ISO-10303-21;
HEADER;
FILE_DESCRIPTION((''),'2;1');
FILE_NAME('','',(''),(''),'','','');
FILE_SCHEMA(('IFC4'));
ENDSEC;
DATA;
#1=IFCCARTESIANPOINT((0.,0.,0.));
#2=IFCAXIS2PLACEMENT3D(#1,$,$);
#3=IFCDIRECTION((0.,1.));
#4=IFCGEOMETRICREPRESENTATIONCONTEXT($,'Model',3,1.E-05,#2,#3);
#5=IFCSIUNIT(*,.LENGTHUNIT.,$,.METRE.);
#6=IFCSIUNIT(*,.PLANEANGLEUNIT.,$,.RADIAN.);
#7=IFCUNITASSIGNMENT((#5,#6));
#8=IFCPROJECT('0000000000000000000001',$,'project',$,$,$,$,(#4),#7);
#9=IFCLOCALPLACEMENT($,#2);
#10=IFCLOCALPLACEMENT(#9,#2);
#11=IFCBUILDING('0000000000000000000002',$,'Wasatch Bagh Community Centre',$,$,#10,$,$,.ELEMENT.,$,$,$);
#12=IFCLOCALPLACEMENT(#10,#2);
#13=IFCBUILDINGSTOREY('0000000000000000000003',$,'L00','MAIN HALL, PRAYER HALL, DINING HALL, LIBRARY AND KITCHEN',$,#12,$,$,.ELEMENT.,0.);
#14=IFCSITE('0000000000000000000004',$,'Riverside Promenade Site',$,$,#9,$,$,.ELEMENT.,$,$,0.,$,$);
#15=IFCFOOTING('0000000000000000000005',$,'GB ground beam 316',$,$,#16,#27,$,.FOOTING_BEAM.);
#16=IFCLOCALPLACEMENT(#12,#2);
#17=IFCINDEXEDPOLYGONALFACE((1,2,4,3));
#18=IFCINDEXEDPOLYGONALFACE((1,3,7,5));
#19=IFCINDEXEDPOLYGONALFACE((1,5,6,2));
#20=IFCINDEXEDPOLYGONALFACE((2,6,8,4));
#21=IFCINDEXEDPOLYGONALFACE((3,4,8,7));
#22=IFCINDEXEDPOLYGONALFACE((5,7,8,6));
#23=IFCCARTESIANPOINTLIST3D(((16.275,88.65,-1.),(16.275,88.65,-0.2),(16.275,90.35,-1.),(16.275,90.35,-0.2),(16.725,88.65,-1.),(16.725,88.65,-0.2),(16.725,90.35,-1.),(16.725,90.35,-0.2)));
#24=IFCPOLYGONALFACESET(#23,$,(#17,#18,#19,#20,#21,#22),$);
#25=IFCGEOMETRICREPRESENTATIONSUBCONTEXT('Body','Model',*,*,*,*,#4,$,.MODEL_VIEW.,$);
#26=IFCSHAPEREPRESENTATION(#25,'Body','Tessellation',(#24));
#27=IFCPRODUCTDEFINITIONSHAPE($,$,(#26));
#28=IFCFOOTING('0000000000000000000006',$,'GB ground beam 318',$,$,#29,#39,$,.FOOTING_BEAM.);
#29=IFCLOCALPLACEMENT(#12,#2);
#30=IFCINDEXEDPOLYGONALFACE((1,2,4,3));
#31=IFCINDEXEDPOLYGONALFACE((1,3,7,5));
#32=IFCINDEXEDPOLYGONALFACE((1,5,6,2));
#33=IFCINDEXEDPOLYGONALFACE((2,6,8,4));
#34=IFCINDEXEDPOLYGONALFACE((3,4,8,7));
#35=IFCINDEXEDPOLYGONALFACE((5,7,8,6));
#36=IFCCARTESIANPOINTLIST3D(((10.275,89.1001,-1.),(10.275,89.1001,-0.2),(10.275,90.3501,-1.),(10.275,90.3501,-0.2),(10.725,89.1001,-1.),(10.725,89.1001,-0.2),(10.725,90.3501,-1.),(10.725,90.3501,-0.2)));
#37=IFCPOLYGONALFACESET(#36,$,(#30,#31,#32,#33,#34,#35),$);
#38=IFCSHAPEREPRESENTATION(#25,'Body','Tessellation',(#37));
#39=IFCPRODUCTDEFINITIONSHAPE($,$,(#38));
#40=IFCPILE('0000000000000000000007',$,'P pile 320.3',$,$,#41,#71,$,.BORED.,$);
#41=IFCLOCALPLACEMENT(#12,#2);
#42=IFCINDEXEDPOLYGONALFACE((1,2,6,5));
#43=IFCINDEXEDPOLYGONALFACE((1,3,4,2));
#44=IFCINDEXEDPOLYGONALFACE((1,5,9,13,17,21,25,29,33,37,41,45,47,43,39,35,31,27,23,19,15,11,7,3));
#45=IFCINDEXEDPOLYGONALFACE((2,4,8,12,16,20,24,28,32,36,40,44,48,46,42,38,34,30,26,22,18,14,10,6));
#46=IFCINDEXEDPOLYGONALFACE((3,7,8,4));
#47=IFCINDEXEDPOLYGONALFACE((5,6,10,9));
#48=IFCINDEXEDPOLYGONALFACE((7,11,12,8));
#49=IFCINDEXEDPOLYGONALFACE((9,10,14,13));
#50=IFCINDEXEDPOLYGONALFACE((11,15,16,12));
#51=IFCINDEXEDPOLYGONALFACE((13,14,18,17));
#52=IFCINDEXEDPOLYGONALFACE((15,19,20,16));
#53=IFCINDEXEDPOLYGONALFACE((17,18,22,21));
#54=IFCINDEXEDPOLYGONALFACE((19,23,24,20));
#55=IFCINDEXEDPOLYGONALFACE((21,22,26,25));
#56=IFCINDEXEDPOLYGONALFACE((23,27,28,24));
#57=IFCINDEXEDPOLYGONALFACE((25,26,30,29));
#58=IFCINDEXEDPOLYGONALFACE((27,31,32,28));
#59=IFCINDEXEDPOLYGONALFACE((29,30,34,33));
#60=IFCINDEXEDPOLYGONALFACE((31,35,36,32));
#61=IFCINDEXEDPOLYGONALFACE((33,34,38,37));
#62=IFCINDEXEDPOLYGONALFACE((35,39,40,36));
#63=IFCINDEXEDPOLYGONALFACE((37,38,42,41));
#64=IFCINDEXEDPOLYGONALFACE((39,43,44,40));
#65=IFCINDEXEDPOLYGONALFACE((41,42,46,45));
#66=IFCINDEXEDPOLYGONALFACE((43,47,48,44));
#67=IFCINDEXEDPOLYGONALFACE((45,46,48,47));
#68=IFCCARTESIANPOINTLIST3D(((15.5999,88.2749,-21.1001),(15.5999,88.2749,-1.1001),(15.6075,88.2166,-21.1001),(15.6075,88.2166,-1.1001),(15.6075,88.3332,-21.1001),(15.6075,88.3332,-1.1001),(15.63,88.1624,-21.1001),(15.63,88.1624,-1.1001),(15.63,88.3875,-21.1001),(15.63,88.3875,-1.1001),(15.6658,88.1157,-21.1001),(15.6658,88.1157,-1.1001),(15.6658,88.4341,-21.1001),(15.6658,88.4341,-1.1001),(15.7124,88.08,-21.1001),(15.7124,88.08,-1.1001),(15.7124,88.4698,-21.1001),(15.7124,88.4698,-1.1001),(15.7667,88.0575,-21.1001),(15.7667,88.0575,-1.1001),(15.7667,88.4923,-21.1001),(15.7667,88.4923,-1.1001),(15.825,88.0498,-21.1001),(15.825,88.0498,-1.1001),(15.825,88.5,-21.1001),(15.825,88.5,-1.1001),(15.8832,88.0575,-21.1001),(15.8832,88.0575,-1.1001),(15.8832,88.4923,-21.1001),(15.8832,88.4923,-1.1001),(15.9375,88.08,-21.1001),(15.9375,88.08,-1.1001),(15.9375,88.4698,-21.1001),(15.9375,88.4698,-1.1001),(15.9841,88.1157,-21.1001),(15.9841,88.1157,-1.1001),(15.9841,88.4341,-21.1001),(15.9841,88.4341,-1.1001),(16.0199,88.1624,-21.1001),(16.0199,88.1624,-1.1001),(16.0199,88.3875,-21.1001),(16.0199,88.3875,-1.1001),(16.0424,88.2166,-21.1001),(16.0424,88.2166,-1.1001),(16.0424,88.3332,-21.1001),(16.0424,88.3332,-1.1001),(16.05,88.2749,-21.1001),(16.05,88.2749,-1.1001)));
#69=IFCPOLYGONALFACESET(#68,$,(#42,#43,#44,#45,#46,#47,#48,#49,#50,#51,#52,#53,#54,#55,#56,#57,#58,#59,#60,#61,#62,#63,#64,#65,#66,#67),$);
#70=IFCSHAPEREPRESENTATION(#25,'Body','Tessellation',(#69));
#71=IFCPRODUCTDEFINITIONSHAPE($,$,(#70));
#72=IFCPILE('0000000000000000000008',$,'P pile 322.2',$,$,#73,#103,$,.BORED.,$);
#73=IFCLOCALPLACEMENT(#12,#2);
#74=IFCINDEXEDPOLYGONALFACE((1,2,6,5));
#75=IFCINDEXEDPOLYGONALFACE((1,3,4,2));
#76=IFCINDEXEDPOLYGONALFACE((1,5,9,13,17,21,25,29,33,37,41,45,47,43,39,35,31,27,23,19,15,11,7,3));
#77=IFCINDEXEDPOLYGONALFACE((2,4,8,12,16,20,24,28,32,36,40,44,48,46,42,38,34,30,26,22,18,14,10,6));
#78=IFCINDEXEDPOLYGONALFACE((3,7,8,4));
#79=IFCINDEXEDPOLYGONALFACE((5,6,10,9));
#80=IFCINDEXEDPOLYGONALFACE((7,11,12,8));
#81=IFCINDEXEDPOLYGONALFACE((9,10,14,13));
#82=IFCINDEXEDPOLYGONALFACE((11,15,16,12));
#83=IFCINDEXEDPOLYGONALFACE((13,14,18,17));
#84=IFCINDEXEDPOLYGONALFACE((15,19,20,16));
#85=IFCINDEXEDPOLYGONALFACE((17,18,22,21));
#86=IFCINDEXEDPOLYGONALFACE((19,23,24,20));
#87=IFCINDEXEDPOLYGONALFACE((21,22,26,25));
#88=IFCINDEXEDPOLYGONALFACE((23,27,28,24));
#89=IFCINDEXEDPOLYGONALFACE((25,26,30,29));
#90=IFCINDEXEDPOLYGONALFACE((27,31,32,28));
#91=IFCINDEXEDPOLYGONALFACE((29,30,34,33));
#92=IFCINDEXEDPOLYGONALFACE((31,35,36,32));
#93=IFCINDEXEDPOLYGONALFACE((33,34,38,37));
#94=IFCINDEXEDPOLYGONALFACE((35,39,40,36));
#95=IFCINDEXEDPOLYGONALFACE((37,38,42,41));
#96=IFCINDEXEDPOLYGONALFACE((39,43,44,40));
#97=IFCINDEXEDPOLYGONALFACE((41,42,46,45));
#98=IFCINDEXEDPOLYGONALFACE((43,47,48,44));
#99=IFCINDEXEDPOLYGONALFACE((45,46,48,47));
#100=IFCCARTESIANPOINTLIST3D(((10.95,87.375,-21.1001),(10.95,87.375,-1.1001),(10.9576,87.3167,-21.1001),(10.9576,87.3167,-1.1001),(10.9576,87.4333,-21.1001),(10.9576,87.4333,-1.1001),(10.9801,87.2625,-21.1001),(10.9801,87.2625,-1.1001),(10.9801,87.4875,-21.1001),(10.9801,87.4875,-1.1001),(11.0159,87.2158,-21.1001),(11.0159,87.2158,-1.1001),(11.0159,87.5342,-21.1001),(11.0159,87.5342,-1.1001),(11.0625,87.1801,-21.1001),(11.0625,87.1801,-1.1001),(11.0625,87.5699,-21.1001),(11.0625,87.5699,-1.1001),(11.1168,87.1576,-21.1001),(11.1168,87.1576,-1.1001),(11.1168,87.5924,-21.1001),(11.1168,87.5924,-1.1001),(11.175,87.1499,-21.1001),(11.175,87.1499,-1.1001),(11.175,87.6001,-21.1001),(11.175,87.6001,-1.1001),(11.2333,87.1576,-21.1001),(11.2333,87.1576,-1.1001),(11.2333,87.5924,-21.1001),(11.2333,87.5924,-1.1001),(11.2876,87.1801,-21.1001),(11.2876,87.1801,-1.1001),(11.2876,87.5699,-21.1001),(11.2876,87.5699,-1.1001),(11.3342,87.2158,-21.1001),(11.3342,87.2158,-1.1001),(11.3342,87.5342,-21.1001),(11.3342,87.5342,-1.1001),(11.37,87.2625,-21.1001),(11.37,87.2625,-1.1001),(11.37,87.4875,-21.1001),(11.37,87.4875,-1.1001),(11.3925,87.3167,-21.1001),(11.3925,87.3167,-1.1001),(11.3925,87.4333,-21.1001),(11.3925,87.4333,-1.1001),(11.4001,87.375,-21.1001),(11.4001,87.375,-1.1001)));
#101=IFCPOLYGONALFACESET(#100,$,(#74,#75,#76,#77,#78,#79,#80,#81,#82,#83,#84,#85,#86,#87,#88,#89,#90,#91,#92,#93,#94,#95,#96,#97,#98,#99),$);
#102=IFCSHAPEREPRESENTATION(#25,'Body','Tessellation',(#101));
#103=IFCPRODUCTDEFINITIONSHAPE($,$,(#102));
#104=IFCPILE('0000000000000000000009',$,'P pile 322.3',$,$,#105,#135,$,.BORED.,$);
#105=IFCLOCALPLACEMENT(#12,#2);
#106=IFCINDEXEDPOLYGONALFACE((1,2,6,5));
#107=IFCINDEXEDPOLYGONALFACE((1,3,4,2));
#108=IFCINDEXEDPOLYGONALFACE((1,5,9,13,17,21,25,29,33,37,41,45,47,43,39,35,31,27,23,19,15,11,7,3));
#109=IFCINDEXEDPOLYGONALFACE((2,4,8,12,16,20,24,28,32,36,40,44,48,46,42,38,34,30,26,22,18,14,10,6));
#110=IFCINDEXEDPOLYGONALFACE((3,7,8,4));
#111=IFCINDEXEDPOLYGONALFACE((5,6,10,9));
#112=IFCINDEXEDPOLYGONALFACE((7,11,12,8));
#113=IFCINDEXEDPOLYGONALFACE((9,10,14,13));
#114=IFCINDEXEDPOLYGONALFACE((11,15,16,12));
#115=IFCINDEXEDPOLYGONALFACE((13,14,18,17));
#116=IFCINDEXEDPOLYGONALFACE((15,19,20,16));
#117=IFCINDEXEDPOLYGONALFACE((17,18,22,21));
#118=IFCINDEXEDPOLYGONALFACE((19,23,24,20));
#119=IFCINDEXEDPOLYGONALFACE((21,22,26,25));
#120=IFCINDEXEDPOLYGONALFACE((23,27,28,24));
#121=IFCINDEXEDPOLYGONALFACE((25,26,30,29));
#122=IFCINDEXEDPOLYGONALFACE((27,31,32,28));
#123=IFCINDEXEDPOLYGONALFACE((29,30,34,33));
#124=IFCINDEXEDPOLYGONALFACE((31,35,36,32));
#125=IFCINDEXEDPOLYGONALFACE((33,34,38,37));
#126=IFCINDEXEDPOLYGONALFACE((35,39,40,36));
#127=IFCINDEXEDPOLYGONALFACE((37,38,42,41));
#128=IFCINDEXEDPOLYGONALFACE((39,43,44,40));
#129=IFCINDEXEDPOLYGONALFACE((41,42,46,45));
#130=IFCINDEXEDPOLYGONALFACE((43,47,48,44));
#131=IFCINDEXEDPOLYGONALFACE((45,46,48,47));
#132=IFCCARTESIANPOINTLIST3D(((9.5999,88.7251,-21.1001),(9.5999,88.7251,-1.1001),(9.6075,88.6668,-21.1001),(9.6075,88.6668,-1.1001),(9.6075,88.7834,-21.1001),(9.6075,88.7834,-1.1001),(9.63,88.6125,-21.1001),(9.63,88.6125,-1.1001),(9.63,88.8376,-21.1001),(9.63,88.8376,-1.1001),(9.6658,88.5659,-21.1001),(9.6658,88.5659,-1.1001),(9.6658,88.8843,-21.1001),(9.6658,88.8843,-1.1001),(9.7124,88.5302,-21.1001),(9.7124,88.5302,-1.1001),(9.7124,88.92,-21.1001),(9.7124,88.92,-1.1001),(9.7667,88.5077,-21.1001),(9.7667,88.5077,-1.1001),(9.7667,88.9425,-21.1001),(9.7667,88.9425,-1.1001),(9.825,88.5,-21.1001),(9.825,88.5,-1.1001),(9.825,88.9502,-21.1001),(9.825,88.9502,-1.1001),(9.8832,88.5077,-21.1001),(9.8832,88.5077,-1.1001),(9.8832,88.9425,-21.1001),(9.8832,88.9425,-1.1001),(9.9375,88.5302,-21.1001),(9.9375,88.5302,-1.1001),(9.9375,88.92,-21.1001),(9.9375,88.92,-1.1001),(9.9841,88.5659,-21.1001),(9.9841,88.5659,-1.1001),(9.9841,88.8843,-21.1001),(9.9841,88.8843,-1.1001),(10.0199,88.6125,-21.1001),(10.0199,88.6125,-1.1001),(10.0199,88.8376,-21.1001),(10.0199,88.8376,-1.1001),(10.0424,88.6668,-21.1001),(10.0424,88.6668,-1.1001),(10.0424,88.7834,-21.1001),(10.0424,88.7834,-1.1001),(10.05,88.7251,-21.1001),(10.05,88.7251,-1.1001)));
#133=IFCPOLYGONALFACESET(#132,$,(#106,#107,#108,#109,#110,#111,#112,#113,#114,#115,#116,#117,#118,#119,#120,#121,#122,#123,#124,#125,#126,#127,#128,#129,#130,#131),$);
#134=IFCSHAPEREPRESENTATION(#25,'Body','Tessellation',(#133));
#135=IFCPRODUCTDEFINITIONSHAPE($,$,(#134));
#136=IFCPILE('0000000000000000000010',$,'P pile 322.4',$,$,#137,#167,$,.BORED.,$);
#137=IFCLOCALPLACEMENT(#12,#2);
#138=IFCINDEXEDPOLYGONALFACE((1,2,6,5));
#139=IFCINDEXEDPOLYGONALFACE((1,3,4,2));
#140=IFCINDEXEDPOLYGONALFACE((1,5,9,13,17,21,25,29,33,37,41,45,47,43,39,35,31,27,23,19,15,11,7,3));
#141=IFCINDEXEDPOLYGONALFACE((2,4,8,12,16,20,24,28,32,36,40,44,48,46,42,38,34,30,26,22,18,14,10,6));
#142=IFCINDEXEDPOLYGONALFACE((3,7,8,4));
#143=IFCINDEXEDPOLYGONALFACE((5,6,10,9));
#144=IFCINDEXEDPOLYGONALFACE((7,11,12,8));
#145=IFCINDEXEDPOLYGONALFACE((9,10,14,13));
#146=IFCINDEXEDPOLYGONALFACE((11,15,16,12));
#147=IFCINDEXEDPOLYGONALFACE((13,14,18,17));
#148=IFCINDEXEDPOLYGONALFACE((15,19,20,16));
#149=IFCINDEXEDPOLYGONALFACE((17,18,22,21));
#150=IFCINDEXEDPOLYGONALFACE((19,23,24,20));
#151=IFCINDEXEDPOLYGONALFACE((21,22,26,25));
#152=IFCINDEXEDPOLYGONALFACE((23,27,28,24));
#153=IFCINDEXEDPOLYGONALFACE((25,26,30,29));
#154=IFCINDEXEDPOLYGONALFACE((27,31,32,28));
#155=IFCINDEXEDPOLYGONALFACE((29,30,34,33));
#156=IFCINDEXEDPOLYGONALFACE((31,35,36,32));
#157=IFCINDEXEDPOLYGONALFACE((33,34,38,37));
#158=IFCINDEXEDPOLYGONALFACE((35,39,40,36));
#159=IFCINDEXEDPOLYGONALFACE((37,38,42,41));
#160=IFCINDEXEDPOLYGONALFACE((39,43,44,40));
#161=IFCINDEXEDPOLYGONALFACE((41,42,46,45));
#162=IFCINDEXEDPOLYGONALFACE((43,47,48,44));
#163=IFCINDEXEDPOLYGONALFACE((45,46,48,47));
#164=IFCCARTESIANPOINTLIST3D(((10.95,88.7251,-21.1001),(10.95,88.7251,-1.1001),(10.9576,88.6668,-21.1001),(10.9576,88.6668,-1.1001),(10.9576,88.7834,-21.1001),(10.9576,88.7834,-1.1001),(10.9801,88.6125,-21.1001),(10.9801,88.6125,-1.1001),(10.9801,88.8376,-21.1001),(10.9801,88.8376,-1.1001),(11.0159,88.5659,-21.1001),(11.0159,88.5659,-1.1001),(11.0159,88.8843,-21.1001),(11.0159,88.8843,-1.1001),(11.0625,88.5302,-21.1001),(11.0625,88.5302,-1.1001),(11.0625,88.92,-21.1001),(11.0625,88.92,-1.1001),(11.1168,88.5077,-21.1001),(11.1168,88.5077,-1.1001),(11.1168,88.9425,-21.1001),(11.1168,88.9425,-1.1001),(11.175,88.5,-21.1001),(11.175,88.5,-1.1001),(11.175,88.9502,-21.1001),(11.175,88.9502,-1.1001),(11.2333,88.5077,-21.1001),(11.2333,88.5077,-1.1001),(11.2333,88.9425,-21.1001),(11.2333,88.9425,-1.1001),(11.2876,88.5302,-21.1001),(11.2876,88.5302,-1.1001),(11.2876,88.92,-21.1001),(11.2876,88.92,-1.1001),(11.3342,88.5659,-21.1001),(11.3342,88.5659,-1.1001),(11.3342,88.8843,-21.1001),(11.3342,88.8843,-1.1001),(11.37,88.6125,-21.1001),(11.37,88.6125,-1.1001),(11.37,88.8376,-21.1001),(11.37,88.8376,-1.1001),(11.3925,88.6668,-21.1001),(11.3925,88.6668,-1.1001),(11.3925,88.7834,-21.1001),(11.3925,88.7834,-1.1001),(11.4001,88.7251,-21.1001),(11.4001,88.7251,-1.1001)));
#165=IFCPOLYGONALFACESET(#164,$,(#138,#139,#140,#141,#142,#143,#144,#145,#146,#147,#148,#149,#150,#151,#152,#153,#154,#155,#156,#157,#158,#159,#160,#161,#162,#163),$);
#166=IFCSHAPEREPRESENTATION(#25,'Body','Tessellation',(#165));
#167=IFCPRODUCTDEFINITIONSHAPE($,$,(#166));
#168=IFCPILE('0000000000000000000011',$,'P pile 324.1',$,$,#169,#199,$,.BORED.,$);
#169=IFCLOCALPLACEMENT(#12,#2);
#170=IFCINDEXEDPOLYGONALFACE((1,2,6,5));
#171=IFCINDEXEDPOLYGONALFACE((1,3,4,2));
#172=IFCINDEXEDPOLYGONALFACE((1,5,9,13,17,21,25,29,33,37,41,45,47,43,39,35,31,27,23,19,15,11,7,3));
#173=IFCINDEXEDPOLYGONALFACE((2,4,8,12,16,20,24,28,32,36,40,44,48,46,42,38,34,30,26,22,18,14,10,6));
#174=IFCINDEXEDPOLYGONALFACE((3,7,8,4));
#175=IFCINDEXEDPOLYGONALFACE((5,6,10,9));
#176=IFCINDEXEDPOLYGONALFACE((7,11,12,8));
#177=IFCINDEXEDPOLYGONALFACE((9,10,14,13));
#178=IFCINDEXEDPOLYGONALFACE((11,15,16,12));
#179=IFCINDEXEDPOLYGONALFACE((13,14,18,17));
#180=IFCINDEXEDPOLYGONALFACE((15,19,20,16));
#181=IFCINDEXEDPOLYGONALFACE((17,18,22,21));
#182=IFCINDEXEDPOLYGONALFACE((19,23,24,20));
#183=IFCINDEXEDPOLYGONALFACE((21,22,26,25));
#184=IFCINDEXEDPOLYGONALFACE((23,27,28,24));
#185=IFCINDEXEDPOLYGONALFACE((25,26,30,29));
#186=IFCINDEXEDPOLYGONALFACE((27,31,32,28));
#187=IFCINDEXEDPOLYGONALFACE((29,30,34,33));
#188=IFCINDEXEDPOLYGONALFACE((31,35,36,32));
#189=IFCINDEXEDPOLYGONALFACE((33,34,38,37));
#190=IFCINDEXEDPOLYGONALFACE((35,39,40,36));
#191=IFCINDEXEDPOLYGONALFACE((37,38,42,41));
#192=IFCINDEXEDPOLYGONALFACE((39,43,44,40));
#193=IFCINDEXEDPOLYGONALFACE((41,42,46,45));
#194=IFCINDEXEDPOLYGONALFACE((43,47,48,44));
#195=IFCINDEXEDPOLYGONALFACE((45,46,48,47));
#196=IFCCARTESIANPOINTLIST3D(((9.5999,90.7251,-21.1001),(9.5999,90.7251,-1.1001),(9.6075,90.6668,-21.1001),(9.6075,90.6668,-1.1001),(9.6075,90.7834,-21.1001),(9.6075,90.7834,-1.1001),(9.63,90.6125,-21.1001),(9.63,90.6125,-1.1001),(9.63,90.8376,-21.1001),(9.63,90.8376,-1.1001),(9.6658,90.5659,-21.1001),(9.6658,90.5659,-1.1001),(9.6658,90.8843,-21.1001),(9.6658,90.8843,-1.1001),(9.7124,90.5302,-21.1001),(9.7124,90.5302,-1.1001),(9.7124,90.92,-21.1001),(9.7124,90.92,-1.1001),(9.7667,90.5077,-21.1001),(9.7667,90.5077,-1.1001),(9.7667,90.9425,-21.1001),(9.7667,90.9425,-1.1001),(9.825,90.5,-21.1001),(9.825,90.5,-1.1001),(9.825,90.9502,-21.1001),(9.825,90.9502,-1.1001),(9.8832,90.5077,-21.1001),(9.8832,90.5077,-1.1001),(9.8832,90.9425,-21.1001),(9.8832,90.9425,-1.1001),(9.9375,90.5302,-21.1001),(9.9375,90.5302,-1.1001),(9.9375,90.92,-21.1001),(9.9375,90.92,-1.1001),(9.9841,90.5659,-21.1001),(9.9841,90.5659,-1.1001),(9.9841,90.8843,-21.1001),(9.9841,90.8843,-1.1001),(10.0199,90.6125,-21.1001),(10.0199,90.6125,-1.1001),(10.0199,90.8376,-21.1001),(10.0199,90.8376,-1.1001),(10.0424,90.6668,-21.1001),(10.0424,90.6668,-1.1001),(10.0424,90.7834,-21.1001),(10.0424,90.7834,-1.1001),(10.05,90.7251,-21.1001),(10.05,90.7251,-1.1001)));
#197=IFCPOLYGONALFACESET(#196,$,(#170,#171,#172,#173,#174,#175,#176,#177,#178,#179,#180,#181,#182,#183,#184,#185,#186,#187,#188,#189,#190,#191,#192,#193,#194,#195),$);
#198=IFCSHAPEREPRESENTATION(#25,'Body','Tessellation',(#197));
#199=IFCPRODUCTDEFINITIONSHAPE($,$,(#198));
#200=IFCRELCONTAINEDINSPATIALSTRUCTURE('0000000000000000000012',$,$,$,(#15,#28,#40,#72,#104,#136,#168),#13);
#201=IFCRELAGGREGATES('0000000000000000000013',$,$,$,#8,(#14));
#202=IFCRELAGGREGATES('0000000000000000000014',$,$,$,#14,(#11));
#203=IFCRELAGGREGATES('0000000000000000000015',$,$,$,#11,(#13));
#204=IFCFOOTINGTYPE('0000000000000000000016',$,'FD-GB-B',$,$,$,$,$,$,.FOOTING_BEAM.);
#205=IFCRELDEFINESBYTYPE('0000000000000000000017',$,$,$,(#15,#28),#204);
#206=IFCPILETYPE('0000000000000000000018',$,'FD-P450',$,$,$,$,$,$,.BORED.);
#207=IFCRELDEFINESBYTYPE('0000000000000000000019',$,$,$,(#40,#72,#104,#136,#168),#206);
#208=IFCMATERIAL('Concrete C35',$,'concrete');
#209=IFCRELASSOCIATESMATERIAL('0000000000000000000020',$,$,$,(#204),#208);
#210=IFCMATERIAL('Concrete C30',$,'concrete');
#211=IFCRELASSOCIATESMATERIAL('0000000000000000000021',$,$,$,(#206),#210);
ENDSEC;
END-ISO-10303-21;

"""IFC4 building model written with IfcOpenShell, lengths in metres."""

from ifc_helpers import new_model, si_unit, direction, frame, origin, origin_2d, place, context, subcontext, project, spatial, rectangle, circle, extrude, material, material_profile, profile_set, type_object, element, save


model = new_model("IFC4")

# Units and contexts
model_context = context("Model", 3, precision=1e-05, world=origin(), true_north=direction((0.0, 1.0)))
body_context = subcontext(model_context, "Body", "Model", "MODEL_VIEW")
ifc_project = project(units=[si_unit("LENGTHUNIT", "METRE"), si_unit("PLANEANGLEUNIT", "RADIAN")], contexts=[model_context])

# Site, building, storey
site_placement = place(None, origin())
site = spatial("IfcSite", under=ifc_project, at=site_placement, Name="Riverside Promenade Site", CompositionType="ELEMENT", RefElevation=0.0)
building_placement = place(site_placement, origin())
building = spatial("IfcBuilding", under=site, at=building_placement, Name="Wasatch Bagh Community Centre", CompositionType="ELEMENT")
storey_placement = place(building_placement, origin())
storey = spatial("IfcBuildingStorey", under=building, at=storey_placement, Name="L00", Description="MAIN HALL, PRAYER HALL, DINING HALL, LIBRARY AND KITCHEN", CompositionType="ELEMENT", Elevation=0.0)

# Footings
ifc_material_1 = material(Name="Concrete C35", Category="concrete")
footing_type_1 = type_object("IfcFootingType", Name="FD-GB-B", PredefinedType="FOOTING_BEAM", material=ifc_material_1)
footing_1_placement = place(storey_placement, frame((16.5, 89.5, -1.0), z_axis=(0.0, 0.0, 1.0), x_axis=(0.0, 1.0, 0.0)))
element("IfcFooting", 1, at=footing_1_placement, inside=storey, type_object=footing_type_1, Name="GB ground beam 316", PredefinedType="FOOTING_BEAM", context=body_context, shape_type="SweptSolid", body=[
    extrude(rectangle(XDim=1.7, YDim=0.45, at=origin_2d()), origin(), (0.0, 0.0, 1.0), 0.8),
])
footing_2_placement = place(storey_placement, frame((10.5, 89.7251, -1.0), z_axis=(0.0, 0.0, 1.0), x_axis=(0.0, -1.0, 0.0)))
element("IfcFooting", 2, at=footing_2_placement, inside=storey, type_object=footing_type_1, Name="GB ground beam 318", PredefinedType="FOOTING_BEAM", context=body_context, shape_type="SweptSolid", body=[
    extrude(rectangle(XDim=1.25, YDim=0.45, at=origin_2d()), origin(), (0.0, 0.0, 1.0), 0.8),
])

# Piles
ifc_material_2 = material(Name="Concrete C30", Category="concrete")
ifc_material_profile_1 = material_profile(ifc_material_2, circle(Radius=0.2251, at=origin_2d()), Name="RC D450")
ifc_profile_set_1 = profile_set([ifc_material_profile_1], Name="Concrete C30")
pile_type = type_object("IfcPileType", Name="FD-P450", PredefinedType="BORED", material=ifc_profile_set_1)
for number, where, z_axis, x_axis, name in (
    (3, (15.825, 88.2749, -1.1001), (0.0, 0.0, -1.0), (1.0, 0.0, 0.0), "P pile 320.3"),
    (4, (11.175, 87.375, -1.1001), (0.0, 0.0, -1.0), (1.0, 0.0, 0.0), "P pile 322.2"),
    (5, (9.825, 88.7251, -1.1001), (0.0, 0.0, -1.0), (1.0, 0.0, 0.0), "P pile 322.3"),
    (6, (11.175, 88.7251, -1.1001), (0.0, 0.0, -1.0), (1.0, 0.0, 0.0), "P pile 322.4"),
    (7, (9.825, 90.7251, -1.1001), (0.0, 0.0, -1.0), (1.0, 0.0, 0.0), "P pile 324.1"),
):
    element("IfcPile", number, at=place(storey_placement, frame(where, z_axis=z_axis, x_axis=x_axis)), inside=storey, type_object=pile_type, Name=name, PredefinedType="BORED", context=body_context, shape_type="SweptSolid", body=[
        extrude(circle(Radius=0.2251, at=origin_2d()), origin(), (0.0, 0.0, 1.0), 20.0),
    ])

save(model, "model.ifc")
